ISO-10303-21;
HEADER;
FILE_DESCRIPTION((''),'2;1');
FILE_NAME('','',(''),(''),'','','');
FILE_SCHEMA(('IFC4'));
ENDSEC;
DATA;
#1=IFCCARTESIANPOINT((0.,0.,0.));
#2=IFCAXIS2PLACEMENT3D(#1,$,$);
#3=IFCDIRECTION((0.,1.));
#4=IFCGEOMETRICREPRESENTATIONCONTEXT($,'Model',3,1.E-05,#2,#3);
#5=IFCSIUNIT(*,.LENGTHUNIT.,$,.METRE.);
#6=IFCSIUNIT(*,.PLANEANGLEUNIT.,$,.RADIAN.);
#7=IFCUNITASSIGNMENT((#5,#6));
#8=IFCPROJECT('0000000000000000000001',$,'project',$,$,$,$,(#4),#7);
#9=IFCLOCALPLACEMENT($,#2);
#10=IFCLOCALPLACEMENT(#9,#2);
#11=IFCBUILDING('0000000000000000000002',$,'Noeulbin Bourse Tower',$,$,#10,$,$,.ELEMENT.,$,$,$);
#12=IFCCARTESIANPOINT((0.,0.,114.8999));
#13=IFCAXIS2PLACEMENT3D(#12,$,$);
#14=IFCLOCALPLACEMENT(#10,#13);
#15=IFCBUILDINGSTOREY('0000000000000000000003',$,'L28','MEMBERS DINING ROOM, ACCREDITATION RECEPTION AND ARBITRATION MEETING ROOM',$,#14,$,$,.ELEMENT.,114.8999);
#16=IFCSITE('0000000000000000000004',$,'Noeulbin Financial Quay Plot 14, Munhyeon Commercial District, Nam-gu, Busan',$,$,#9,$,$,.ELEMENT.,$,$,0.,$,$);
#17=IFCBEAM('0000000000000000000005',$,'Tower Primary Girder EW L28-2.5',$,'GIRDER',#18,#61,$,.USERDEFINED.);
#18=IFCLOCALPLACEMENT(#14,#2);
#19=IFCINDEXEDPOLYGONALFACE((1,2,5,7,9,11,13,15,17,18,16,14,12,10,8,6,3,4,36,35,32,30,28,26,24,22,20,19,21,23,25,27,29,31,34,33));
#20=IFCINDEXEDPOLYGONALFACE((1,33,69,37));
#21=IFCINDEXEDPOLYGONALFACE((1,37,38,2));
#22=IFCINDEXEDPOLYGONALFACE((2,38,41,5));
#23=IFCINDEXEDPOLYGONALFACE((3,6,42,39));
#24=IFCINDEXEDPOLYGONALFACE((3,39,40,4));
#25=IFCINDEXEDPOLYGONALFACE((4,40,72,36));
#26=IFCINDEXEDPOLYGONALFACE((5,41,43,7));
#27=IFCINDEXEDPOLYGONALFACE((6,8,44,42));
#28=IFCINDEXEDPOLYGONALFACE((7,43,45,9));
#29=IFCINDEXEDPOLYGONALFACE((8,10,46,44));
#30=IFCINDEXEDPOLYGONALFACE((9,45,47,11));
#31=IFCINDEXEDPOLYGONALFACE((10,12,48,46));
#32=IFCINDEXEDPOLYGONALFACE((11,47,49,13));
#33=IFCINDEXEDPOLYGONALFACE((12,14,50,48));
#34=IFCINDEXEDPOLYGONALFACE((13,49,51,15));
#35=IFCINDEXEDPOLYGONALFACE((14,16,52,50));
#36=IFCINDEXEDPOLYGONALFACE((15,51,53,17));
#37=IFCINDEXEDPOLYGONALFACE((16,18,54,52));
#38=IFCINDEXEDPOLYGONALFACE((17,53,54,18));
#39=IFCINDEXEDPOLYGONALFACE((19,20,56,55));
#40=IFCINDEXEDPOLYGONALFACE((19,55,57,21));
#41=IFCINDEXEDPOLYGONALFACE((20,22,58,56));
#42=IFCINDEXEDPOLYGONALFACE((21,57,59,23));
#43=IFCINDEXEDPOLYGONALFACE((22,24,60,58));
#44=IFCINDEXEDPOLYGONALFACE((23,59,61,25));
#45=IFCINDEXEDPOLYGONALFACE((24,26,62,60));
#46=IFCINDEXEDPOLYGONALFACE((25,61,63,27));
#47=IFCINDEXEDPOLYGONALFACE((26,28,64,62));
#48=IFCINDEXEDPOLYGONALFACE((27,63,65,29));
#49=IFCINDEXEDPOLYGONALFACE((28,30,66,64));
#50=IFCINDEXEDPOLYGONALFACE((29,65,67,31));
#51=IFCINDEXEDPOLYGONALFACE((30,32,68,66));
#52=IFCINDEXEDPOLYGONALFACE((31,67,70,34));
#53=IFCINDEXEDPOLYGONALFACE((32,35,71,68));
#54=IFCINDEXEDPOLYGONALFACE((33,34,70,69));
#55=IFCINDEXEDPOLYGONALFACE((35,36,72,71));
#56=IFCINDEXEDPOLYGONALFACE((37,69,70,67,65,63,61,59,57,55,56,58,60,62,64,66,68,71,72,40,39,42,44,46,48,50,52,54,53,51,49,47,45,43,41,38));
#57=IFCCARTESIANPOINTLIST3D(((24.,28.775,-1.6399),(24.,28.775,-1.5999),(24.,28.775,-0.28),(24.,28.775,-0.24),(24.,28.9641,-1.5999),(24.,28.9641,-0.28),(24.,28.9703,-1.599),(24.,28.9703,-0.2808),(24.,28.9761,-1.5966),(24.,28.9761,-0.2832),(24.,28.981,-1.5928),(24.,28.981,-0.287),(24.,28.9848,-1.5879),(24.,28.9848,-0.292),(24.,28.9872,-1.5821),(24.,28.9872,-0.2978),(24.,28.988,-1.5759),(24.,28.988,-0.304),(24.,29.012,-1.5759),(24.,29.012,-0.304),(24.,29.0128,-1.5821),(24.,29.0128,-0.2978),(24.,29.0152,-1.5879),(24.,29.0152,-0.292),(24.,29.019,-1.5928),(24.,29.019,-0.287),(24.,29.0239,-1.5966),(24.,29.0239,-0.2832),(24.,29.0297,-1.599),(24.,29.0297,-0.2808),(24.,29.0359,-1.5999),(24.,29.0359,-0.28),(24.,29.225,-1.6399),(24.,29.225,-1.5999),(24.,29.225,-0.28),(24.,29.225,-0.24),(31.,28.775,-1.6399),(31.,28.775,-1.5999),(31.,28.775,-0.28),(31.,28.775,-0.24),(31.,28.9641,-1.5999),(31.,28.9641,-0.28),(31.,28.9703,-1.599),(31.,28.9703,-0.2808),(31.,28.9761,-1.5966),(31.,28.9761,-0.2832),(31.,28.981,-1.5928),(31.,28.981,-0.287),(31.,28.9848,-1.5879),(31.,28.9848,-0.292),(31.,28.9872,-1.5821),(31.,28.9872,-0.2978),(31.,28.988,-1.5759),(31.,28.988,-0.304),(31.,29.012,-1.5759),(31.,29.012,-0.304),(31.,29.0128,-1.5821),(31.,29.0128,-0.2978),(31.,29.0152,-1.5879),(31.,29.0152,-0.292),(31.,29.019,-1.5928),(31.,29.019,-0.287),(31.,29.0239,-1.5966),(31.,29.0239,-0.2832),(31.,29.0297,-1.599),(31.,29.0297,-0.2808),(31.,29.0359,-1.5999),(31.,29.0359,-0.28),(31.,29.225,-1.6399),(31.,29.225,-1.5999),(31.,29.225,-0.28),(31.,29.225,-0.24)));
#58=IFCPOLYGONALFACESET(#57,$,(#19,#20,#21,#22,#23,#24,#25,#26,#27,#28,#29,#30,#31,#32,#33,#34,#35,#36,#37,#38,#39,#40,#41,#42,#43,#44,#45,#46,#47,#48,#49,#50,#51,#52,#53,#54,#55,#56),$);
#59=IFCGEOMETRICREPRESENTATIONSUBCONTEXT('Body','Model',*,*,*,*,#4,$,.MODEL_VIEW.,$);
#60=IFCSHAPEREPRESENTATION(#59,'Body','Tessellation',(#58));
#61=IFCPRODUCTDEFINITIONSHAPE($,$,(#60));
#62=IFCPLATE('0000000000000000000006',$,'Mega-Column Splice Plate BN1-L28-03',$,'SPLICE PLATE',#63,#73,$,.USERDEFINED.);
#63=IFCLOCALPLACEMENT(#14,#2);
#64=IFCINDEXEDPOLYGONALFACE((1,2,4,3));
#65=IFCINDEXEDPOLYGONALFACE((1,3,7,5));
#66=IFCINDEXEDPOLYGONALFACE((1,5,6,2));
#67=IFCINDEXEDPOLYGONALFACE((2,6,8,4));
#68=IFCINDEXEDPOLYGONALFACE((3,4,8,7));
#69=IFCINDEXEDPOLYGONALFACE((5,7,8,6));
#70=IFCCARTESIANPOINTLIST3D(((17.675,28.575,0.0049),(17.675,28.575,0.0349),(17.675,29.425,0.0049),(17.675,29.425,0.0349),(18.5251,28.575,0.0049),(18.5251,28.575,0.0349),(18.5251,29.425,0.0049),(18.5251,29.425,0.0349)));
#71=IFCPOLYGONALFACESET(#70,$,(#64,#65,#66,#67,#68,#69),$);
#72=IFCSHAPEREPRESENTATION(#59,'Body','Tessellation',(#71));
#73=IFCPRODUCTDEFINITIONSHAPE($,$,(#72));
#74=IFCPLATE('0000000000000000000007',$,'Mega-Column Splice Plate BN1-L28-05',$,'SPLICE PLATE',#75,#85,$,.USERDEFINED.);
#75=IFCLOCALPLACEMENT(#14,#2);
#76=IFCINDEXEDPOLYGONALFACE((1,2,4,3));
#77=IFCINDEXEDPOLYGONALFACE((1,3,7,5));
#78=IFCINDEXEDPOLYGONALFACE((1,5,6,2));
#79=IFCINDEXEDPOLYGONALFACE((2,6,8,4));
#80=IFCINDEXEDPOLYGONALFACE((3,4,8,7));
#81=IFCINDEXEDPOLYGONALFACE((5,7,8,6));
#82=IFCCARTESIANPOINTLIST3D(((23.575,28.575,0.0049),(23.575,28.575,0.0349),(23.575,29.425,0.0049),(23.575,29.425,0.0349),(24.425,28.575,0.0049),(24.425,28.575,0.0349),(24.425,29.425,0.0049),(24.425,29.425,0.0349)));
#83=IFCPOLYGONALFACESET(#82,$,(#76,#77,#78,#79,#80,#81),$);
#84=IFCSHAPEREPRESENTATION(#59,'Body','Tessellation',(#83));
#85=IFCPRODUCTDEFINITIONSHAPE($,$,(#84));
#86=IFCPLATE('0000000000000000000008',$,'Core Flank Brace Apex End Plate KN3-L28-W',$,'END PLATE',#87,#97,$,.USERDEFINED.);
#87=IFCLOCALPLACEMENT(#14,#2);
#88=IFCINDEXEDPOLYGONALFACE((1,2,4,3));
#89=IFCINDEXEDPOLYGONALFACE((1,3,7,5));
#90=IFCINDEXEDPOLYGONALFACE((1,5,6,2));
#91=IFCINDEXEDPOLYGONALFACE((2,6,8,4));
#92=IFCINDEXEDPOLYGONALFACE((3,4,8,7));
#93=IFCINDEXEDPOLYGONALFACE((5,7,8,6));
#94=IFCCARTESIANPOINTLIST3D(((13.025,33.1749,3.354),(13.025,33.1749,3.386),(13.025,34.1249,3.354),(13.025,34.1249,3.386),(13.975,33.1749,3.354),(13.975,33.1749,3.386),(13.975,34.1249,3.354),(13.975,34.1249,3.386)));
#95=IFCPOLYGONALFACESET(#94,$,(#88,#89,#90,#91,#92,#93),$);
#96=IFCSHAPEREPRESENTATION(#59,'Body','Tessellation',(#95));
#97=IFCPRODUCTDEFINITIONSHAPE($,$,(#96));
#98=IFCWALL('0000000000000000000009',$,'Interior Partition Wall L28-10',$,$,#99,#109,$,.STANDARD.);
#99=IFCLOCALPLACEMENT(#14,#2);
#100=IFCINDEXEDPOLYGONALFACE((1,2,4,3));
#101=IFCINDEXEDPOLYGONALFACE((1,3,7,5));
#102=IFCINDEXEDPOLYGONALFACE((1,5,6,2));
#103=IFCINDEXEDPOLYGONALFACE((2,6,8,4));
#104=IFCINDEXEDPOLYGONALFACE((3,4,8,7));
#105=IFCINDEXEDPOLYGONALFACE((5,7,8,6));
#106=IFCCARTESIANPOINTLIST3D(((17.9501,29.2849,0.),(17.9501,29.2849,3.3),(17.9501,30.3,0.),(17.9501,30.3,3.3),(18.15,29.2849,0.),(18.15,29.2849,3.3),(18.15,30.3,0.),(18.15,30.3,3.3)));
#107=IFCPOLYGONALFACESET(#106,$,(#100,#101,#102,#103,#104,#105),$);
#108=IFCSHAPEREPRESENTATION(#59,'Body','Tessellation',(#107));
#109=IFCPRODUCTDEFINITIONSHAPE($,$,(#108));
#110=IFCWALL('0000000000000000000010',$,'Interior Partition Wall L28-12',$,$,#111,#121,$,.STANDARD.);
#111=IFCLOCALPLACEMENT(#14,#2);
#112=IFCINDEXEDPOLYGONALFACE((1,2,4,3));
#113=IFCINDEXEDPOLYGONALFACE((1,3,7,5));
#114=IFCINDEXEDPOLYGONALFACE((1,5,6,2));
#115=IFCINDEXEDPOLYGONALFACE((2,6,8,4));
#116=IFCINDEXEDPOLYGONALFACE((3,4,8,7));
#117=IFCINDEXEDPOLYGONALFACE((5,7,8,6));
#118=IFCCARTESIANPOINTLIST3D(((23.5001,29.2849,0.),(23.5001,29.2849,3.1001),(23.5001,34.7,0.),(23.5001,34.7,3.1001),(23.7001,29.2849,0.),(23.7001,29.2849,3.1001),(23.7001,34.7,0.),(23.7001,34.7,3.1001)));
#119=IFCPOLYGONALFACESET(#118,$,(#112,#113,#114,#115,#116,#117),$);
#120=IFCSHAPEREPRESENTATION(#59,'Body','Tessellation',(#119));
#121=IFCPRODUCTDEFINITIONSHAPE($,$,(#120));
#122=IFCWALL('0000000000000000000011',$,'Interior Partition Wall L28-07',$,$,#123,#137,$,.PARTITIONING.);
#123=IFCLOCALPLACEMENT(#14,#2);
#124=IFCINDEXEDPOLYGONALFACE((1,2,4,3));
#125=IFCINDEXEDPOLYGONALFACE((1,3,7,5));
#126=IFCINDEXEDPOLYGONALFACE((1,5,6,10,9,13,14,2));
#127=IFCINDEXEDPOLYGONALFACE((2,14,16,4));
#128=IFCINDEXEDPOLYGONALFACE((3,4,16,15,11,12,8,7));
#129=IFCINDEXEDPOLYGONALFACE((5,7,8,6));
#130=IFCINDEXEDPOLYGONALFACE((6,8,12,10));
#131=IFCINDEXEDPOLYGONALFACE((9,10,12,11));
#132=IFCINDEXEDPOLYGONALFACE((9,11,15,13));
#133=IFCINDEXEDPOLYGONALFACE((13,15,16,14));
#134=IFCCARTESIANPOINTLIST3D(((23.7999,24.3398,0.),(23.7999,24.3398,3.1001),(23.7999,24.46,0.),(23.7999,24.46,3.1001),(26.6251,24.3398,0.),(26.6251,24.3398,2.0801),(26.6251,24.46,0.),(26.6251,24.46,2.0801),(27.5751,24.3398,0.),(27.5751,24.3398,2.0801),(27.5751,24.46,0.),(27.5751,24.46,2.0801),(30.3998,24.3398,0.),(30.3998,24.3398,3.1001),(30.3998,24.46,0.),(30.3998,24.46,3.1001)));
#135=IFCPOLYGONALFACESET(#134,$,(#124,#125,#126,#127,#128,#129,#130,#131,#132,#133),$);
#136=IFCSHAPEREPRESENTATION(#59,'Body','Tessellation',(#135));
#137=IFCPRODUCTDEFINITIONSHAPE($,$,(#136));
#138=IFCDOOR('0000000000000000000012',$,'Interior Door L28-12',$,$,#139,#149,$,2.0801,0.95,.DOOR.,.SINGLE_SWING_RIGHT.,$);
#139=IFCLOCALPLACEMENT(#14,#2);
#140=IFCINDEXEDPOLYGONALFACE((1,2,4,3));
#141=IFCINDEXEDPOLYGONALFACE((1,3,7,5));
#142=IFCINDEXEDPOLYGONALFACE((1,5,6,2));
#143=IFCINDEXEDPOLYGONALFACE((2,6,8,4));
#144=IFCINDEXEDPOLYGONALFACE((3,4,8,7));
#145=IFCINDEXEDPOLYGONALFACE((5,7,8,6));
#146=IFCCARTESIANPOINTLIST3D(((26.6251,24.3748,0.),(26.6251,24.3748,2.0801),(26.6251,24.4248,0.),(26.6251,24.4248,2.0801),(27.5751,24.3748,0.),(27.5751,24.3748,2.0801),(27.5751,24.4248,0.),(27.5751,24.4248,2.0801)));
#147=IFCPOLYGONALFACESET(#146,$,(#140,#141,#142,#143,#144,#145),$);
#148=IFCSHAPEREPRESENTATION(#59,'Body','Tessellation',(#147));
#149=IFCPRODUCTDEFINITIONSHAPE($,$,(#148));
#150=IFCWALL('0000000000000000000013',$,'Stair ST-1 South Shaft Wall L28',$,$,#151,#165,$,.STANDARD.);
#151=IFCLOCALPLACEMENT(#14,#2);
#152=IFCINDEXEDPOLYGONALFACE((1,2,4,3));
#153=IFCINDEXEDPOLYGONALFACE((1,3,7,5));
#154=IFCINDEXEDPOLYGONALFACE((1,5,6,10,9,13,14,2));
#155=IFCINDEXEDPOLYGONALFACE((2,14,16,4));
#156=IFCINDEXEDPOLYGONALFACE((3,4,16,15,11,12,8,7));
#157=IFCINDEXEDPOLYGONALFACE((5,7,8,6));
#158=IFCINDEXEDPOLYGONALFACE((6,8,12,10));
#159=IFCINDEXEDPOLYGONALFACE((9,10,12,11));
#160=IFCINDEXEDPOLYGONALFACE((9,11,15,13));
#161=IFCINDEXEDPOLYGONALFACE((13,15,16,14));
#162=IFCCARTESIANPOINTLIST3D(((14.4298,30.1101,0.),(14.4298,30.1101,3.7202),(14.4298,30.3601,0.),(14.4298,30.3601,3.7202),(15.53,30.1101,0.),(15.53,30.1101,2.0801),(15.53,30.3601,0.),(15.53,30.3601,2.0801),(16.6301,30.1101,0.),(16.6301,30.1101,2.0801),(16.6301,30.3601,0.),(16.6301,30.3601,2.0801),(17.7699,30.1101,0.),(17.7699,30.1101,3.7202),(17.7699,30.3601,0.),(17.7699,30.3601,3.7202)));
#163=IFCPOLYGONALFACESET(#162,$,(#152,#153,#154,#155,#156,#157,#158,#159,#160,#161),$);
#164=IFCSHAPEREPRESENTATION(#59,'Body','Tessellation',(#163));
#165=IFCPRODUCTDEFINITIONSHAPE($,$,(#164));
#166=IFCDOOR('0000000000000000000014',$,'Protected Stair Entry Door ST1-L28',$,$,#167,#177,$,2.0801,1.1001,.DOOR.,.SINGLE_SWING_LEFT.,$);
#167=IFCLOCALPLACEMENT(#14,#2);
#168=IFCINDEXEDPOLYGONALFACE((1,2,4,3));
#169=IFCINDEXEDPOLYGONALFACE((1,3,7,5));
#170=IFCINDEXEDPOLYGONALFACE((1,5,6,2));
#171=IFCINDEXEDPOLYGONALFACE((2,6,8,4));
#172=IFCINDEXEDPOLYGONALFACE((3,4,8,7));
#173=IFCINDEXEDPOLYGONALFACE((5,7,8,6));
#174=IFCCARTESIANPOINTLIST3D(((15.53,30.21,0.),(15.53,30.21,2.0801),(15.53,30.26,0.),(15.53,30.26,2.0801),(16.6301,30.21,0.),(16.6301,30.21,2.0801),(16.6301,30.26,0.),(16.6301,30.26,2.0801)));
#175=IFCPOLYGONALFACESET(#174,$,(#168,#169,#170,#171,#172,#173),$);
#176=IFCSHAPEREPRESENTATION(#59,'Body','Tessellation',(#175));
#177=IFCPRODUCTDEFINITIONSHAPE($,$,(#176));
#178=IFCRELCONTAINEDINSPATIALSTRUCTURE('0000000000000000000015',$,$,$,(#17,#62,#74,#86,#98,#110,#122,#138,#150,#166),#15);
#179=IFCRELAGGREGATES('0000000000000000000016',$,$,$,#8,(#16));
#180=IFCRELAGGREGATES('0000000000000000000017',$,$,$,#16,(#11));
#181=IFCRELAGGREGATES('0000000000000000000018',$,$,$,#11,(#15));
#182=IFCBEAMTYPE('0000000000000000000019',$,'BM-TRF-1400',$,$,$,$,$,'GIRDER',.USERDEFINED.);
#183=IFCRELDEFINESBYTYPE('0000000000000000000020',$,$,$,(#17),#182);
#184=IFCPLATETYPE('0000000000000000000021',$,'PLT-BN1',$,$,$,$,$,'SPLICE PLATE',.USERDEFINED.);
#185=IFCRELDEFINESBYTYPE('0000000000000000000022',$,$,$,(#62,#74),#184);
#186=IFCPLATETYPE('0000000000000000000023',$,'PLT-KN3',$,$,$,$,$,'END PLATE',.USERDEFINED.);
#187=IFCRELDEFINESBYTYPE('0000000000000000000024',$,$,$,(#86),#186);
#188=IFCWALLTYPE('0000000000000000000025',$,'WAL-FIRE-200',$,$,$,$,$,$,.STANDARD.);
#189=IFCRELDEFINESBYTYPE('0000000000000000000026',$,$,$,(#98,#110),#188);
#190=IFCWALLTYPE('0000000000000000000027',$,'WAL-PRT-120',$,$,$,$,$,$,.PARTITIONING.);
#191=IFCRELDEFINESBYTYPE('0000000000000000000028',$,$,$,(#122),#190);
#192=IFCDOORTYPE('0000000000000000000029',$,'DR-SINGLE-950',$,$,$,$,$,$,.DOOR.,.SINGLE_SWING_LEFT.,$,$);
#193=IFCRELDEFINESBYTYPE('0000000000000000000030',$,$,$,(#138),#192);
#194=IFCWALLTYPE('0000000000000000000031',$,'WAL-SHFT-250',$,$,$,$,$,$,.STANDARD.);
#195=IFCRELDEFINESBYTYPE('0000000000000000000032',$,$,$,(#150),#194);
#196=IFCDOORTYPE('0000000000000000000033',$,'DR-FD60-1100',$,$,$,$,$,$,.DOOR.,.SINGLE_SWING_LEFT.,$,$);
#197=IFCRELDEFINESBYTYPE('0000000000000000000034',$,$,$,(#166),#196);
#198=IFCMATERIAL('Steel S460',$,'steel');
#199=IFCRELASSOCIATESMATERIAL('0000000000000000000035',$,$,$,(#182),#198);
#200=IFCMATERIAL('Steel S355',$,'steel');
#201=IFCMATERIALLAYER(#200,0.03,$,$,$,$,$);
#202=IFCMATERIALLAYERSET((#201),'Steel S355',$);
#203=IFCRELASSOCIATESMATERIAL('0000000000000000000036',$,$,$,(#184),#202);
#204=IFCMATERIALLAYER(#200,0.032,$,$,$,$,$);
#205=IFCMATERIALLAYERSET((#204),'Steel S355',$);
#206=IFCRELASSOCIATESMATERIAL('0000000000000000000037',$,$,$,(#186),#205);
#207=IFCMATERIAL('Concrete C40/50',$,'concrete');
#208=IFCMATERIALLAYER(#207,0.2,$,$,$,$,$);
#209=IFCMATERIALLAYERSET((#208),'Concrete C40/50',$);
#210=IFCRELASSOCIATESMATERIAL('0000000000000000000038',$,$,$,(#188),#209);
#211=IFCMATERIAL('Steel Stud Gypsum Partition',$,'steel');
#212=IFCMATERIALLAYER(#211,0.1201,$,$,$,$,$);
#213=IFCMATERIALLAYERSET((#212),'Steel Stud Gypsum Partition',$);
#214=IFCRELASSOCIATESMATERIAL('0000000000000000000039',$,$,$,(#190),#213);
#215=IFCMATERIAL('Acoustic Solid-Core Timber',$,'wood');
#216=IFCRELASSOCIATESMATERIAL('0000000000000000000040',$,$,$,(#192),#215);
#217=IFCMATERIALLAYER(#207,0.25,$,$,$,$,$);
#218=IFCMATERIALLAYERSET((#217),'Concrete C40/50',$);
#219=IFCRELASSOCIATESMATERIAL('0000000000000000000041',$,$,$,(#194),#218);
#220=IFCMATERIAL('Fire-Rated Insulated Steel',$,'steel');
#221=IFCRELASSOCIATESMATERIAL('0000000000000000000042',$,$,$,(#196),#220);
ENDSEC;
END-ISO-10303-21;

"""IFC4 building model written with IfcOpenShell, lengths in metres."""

from ifc_helpers import new_model, si_unit, direction, frame, frame_2d, origin, origin_2d, place, context, subcontext, project, spatial, rectangle, i_section, extrude, material, layer, layer_set, material_profile, profile_set, type_object, element, fill, save


model = new_model("IFC4")

# Units and contexts
model_context = context("Model", 3, precision=1e-05, world=origin(), true_north=direction((0.0, 1.0)))
body_context = subcontext(model_context, "Body", "Model", "MODEL_VIEW")
ifc_project = project(units=[si_unit("LENGTHUNIT", "METRE"), si_unit("PLANEANGLEUNIT", "RADIAN")], contexts=[model_context])

# Site, building, storey
site_placement = place(None, origin())
site = spatial("IfcSite", under=ifc_project, at=site_placement, Name="Noeulbin Financial Quay Plot 14, Munhyeon Commercial District, Nam-gu, Busan", CompositionType="ELEMENT", RefElevation=0.0)
building_placement = place(site_placement, origin())
building = spatial("IfcBuilding", under=site, at=building_placement, Name="Noeulbin Bourse Tower", CompositionType="ELEMENT")
storey_placement = place(building_placement, frame((0.0, 0.0, 114.8999)))
storey = spatial("IfcBuildingStorey", under=building, at=storey_placement, Name="L28", Description="MEMBERS DINING ROOM, ACCREDITATION RECEPTION AND ARBITRATION MEETING ROOM", CompositionType="ELEMENT", Elevation=114.8999)

# Shared definitions
ifc_material_1 = material(Name="Steel S460", Category="steel")

# Beam
ifc_material_2 = material(Name="Steel S355", Category="steel")
ifc_material_profile_1 = material_profile(ifc_material_1, i_section(OverallWidth=0.45, OverallDepth=1.3999, WebThickness=0.0239, FlangeThickness=0.04, FilletRadius=0.0239, at=origin_2d()), Name="PG-1400x450x24x40", Category="LoadBearing")
ifc_profile_set_1 = profile_set([ifc_material_profile_1], Name="Steel S460")
beam_type_1 = type_object("IfcBeamType", Name="BM-TRF-1400", ElementType="GIRDER", PredefinedType="USERDEFINED", material=ifc_profile_set_1)
beam_1_placement = place(storey_placement, frame((24.0, 29.0, -0.9399), z_axis=(1.0, 0.0, 0.0), x_axis=(0.0, 1.0, 0.0)))
element("IfcBeam", 1, at=beam_1_placement, inside=storey, type_object=beam_type_1, Name="Tower Primary Girder EW L28-2.5", ObjectType="GIRDER", PredefinedType="USERDEFINED", context=body_context, shape_type="SweptSolid", body=[
    extrude(i_section(OverallWidth=0.45, OverallDepth=1.3999, WebThickness=0.0239, FlangeThickness=0.04, FilletRadius=0.0239, at=origin_2d()), origin(), (0.0, 0.0, 1.0), 7.0),
])

# Plates
ifc_layer_1 = layer(ifc_material_2, 0.03)
ifc_layer_set_1 = layer_set([ifc_layer_1], Name="Steel S355")
plate_type_1 = type_object("IfcPlateType", Name="PLT-BN1", ElementType="SPLICE PLATE", PredefinedType="USERDEFINED", material=ifc_layer_set_1)
for number, where, z_axis, x_axis, name in (
    (2, (18.1001, 29.0, 0.0049), (0.0, 0.0, 1.0), (1.0, 0.0, 0.0), "Mega-Column Splice Plate BN1-L28-03"),
    (3, (24.0, 29.0, 0.0049), (0.0, 0.0, 1.0), (1.0, 0.0, 0.0), "Mega-Column Splice Plate BN1-L28-05"),
):
    element("IfcPlate", number, at=place(storey_placement, frame(where, z_axis=z_axis, x_axis=x_axis)), inside=storey, type_object=plate_type_1, Name=name, ObjectType="SPLICE PLATE", PredefinedType="USERDEFINED", context=body_context, shape_type="SweptSolid", body=[
        extrude(rectangle(XDim=0.8501, YDim=0.8501, at=origin_2d()), origin(), (0.0, 0.0, 1.0), 0.03),
    ])
ifc_layer_2 = layer(ifc_material_2, 0.032)
ifc_layer_set_2 = layer_set([ifc_layer_2], Name="Steel S355")
plate_type_2 = type_object("IfcPlateType", Name="PLT-KN3", ElementType="END PLATE", PredefinedType="USERDEFINED", material=ifc_layer_set_2)
plate_placement = place(storey_placement, frame((13.5, 33.6499, 3.354), z_axis=(0.0, 0.0, 1.0), x_axis=(1.0, 0.0, 0.0)))
element("IfcPlate", 4, at=plate_placement, inside=storey, type_object=plate_type_2, Name="Core Flank Brace Apex End Plate KN3-L28-W", ObjectType="END PLATE", PredefinedType="USERDEFINED", context=body_context, shape_type="SweptSolid", body=[
    extrude(rectangle(XDim=0.95, YDim=0.95, at=origin_2d()), origin(), (0.0, 0.0, 1.0), 0.032),
])

# Walls
ifc_material_3 = material(Name="Concrete C40/50", Category="concrete")
ifc_layer_3 = layer(ifc_material_3, 0.2)
ifc_layer_set_3 = layer_set([ifc_layer_3], Name="Concrete C40/50")
wall_type_1 = type_object("IfcWallType", Name="WAL-FIRE-200", PredefinedType="STANDARD", material=ifc_layer_set_3)
wall_1_placement = place(storey_placement, frame((18.05, 29.2849, 0.0), z_axis=(0.0, 0.0, 1.0), x_axis=(0.0, 1.0, 0.0)))
element("IfcWall", 5, at=wall_1_placement, inside=storey, type_object=wall_type_1, Name="Interior Partition Wall L28-10", PredefinedType="STANDARD", context=body_context, shape_type="SweptSolid", body=[
    extrude(rectangle(XDim=1.0151, YDim=0.2, at=frame_2d((0.5076, 0.0))), origin(), (0.0, 0.0, 1.0), 3.3),
])
wall_2_placement = place(storey_placement, frame((23.6001, 29.2849, 0.0), z_axis=(0.0, 0.0, 1.0), x_axis=(0.0, 1.0, 0.0)))
element("IfcWall", 6, at=wall_2_placement, inside=storey, type_object=wall_type_1, Name="Interior Partition Wall L28-12", PredefinedType="STANDARD", context=body_context, shape_type="SweptSolid", body=[
    extrude(rectangle(XDim=5.415, YDim=0.2, at=frame_2d((2.7075, 0.0))), origin(), (0.0, 0.0, 1.0), 3.1001),
])

# Walls, openings, doors
ifc_material_4 = material(Name="Steel Stud Gypsum Partition", Category="steel")
ifc_layer_4 = layer(ifc_material_4, 0.1201)
ifc_layer_set_4 = layer_set([ifc_layer_4], Name="Steel Stud Gypsum Partition")
wall_type_2 = type_object("IfcWallType", Name="WAL-PRT-120", PredefinedType="PARTITIONING", material=ifc_layer_set_4)
wall_3_placement = place(storey_placement, frame((23.8, 24.3999, 0.0), z_axis=(0.0, 0.0, 1.0), x_axis=(1.0, 0.0, 0.0)))
wall_3 = element("IfcWall", 7, at=wall_3_placement, inside=storey, type_object=wall_type_2, Name="Interior Partition Wall L28-07", PredefinedType="PARTITIONING", context=body_context, shape_type="SweptSolid", body=[
    extrude(rectangle(XDim=6.5999, YDim=0.1201, at=frame_2d((3.2998, 0.0))), origin(), (0.0, 0.0, 1.0), 3.1001),
])
opening_1_placement = place(wall_3_placement, frame((2.825, 0.0, 0.0)))
opening_1 = element("IfcOpeningElement", 8, at=opening_1_placement, cuts=wall_3, PredefinedType="OPENING", context=body_context, shape_type="SweptSolid", body=[
    extrude(rectangle(XDim=0.95, YDim=2.0801, at=frame_2d((0.4751, 1.04))), frame((0.0, 0.0701, 0.0), z_axis=(0.0, -1.0, 0.0), x_axis=(1.0, 0.0, 0.0)), (0.0, 0.0, 1.0), 0.1401),
])
ifc_material_5 = material(Name="Acoustic Solid-Core Timber", Category="wood")
door_type_1 = type_object("IfcDoorType", Name="DR-SINGLE-950", OperationType="SINGLE_SWING_LEFT", PredefinedType="DOOR", material=ifc_material_5)
door_1_placement = place(opening_1_placement, origin())
door_1 = element("IfcDoor", 9, at=door_1_placement, inside=storey, type_object=door_type_1, Name="Interior Door L28-12", OperationType="SINGLE_SWING_RIGHT", OverallHeight=2.0801, OverallWidth=0.95, PredefinedType="DOOR", context=body_context, shape_type="SweptSolid", body=[
    extrude(rectangle(XDim=0.95, YDim=2.0801, at=frame_2d((0.4751, 1.04))), frame((0.0, 0.0249, 0.0), z_axis=(0.0, -1.0, 0.0), x_axis=(1.0, 0.0, 0.0)), (0.0, 0.0, 1.0), 0.05),
])
fill(opening_1, door_1)
ifc_layer_5 = layer(ifc_material_3, 0.25)
ifc_layer_set_5 = layer_set([ifc_layer_5], Name="Concrete C40/50")
wall_type_3 = type_object("IfcWallType", Name="WAL-SHFT-250", PredefinedType="STANDARD", material=ifc_layer_set_5)
wall_4_placement = place(storey_placement, frame((14.4299, 30.2351, 0.0), z_axis=(0.0, 0.0, 1.0), x_axis=(1.0, 0.0, 0.0)))
wall_4 = element("IfcWall", 10, at=wall_4_placement, inside=storey, type_object=wall_type_3, Name="Stair ST-1 South Shaft Wall L28", PredefinedType="STANDARD", context=body_context, shape_type="SweptSolid", body=[
    extrude(rectangle(XDim=3.3401, YDim=0.25, at=frame_2d((1.6699, 0.0))), origin(), (0.0, 0.0, 1.0), 3.7202),
])
opening_2_placement = place(wall_4_placement, frame((1.1001, 0.0, 0.0)))
opening_2 = element("IfcOpeningElement", 11, at=opening_2_placement, cuts=wall_4, PredefinedType="OPENING", context=body_context, shape_type="SweptSolid", body=[
    extrude(rectangle(XDim=1.1001, YDim=2.0801, at=frame_2d((0.55, 1.04))), frame((0.0, 0.135, 0.0), z_axis=(0.0, -1.0, 0.0), x_axis=(1.0, 0.0, 0.0)), (0.0, 0.0, 1.0), 0.27),
])
ifc_material_6 = material(Name="Fire-Rated Insulated Steel", Category="steel")
door_type_2 = type_object("IfcDoorType", Name="DR-FD60-1100", OperationType="SINGLE_SWING_LEFT", PredefinedType="DOOR", material=ifc_material_6)
door_2_placement = place(opening_2_placement, origin())
door_2 = element("IfcDoor", 12, at=door_2_placement, inside=storey, type_object=door_type_2, Name="Protected Stair Entry Door ST1-L28", OperationType="SINGLE_SWING_LEFT", OverallHeight=2.0801, OverallWidth=1.1001, PredefinedType="DOOR", context=body_context, shape_type="SweptSolid", body=[
    extrude(rectangle(XDim=1.1001, YDim=2.0801, at=frame_2d((0.55, 1.04))), frame((0.0, 0.0249, 0.0), z_axis=(0.0, -1.0, 0.0), x_axis=(1.0, 0.0, 0.0)), (0.0, 0.0, 1.0), 0.05),
])
fill(opening_2, door_2)

save(model, "model.ifc")
